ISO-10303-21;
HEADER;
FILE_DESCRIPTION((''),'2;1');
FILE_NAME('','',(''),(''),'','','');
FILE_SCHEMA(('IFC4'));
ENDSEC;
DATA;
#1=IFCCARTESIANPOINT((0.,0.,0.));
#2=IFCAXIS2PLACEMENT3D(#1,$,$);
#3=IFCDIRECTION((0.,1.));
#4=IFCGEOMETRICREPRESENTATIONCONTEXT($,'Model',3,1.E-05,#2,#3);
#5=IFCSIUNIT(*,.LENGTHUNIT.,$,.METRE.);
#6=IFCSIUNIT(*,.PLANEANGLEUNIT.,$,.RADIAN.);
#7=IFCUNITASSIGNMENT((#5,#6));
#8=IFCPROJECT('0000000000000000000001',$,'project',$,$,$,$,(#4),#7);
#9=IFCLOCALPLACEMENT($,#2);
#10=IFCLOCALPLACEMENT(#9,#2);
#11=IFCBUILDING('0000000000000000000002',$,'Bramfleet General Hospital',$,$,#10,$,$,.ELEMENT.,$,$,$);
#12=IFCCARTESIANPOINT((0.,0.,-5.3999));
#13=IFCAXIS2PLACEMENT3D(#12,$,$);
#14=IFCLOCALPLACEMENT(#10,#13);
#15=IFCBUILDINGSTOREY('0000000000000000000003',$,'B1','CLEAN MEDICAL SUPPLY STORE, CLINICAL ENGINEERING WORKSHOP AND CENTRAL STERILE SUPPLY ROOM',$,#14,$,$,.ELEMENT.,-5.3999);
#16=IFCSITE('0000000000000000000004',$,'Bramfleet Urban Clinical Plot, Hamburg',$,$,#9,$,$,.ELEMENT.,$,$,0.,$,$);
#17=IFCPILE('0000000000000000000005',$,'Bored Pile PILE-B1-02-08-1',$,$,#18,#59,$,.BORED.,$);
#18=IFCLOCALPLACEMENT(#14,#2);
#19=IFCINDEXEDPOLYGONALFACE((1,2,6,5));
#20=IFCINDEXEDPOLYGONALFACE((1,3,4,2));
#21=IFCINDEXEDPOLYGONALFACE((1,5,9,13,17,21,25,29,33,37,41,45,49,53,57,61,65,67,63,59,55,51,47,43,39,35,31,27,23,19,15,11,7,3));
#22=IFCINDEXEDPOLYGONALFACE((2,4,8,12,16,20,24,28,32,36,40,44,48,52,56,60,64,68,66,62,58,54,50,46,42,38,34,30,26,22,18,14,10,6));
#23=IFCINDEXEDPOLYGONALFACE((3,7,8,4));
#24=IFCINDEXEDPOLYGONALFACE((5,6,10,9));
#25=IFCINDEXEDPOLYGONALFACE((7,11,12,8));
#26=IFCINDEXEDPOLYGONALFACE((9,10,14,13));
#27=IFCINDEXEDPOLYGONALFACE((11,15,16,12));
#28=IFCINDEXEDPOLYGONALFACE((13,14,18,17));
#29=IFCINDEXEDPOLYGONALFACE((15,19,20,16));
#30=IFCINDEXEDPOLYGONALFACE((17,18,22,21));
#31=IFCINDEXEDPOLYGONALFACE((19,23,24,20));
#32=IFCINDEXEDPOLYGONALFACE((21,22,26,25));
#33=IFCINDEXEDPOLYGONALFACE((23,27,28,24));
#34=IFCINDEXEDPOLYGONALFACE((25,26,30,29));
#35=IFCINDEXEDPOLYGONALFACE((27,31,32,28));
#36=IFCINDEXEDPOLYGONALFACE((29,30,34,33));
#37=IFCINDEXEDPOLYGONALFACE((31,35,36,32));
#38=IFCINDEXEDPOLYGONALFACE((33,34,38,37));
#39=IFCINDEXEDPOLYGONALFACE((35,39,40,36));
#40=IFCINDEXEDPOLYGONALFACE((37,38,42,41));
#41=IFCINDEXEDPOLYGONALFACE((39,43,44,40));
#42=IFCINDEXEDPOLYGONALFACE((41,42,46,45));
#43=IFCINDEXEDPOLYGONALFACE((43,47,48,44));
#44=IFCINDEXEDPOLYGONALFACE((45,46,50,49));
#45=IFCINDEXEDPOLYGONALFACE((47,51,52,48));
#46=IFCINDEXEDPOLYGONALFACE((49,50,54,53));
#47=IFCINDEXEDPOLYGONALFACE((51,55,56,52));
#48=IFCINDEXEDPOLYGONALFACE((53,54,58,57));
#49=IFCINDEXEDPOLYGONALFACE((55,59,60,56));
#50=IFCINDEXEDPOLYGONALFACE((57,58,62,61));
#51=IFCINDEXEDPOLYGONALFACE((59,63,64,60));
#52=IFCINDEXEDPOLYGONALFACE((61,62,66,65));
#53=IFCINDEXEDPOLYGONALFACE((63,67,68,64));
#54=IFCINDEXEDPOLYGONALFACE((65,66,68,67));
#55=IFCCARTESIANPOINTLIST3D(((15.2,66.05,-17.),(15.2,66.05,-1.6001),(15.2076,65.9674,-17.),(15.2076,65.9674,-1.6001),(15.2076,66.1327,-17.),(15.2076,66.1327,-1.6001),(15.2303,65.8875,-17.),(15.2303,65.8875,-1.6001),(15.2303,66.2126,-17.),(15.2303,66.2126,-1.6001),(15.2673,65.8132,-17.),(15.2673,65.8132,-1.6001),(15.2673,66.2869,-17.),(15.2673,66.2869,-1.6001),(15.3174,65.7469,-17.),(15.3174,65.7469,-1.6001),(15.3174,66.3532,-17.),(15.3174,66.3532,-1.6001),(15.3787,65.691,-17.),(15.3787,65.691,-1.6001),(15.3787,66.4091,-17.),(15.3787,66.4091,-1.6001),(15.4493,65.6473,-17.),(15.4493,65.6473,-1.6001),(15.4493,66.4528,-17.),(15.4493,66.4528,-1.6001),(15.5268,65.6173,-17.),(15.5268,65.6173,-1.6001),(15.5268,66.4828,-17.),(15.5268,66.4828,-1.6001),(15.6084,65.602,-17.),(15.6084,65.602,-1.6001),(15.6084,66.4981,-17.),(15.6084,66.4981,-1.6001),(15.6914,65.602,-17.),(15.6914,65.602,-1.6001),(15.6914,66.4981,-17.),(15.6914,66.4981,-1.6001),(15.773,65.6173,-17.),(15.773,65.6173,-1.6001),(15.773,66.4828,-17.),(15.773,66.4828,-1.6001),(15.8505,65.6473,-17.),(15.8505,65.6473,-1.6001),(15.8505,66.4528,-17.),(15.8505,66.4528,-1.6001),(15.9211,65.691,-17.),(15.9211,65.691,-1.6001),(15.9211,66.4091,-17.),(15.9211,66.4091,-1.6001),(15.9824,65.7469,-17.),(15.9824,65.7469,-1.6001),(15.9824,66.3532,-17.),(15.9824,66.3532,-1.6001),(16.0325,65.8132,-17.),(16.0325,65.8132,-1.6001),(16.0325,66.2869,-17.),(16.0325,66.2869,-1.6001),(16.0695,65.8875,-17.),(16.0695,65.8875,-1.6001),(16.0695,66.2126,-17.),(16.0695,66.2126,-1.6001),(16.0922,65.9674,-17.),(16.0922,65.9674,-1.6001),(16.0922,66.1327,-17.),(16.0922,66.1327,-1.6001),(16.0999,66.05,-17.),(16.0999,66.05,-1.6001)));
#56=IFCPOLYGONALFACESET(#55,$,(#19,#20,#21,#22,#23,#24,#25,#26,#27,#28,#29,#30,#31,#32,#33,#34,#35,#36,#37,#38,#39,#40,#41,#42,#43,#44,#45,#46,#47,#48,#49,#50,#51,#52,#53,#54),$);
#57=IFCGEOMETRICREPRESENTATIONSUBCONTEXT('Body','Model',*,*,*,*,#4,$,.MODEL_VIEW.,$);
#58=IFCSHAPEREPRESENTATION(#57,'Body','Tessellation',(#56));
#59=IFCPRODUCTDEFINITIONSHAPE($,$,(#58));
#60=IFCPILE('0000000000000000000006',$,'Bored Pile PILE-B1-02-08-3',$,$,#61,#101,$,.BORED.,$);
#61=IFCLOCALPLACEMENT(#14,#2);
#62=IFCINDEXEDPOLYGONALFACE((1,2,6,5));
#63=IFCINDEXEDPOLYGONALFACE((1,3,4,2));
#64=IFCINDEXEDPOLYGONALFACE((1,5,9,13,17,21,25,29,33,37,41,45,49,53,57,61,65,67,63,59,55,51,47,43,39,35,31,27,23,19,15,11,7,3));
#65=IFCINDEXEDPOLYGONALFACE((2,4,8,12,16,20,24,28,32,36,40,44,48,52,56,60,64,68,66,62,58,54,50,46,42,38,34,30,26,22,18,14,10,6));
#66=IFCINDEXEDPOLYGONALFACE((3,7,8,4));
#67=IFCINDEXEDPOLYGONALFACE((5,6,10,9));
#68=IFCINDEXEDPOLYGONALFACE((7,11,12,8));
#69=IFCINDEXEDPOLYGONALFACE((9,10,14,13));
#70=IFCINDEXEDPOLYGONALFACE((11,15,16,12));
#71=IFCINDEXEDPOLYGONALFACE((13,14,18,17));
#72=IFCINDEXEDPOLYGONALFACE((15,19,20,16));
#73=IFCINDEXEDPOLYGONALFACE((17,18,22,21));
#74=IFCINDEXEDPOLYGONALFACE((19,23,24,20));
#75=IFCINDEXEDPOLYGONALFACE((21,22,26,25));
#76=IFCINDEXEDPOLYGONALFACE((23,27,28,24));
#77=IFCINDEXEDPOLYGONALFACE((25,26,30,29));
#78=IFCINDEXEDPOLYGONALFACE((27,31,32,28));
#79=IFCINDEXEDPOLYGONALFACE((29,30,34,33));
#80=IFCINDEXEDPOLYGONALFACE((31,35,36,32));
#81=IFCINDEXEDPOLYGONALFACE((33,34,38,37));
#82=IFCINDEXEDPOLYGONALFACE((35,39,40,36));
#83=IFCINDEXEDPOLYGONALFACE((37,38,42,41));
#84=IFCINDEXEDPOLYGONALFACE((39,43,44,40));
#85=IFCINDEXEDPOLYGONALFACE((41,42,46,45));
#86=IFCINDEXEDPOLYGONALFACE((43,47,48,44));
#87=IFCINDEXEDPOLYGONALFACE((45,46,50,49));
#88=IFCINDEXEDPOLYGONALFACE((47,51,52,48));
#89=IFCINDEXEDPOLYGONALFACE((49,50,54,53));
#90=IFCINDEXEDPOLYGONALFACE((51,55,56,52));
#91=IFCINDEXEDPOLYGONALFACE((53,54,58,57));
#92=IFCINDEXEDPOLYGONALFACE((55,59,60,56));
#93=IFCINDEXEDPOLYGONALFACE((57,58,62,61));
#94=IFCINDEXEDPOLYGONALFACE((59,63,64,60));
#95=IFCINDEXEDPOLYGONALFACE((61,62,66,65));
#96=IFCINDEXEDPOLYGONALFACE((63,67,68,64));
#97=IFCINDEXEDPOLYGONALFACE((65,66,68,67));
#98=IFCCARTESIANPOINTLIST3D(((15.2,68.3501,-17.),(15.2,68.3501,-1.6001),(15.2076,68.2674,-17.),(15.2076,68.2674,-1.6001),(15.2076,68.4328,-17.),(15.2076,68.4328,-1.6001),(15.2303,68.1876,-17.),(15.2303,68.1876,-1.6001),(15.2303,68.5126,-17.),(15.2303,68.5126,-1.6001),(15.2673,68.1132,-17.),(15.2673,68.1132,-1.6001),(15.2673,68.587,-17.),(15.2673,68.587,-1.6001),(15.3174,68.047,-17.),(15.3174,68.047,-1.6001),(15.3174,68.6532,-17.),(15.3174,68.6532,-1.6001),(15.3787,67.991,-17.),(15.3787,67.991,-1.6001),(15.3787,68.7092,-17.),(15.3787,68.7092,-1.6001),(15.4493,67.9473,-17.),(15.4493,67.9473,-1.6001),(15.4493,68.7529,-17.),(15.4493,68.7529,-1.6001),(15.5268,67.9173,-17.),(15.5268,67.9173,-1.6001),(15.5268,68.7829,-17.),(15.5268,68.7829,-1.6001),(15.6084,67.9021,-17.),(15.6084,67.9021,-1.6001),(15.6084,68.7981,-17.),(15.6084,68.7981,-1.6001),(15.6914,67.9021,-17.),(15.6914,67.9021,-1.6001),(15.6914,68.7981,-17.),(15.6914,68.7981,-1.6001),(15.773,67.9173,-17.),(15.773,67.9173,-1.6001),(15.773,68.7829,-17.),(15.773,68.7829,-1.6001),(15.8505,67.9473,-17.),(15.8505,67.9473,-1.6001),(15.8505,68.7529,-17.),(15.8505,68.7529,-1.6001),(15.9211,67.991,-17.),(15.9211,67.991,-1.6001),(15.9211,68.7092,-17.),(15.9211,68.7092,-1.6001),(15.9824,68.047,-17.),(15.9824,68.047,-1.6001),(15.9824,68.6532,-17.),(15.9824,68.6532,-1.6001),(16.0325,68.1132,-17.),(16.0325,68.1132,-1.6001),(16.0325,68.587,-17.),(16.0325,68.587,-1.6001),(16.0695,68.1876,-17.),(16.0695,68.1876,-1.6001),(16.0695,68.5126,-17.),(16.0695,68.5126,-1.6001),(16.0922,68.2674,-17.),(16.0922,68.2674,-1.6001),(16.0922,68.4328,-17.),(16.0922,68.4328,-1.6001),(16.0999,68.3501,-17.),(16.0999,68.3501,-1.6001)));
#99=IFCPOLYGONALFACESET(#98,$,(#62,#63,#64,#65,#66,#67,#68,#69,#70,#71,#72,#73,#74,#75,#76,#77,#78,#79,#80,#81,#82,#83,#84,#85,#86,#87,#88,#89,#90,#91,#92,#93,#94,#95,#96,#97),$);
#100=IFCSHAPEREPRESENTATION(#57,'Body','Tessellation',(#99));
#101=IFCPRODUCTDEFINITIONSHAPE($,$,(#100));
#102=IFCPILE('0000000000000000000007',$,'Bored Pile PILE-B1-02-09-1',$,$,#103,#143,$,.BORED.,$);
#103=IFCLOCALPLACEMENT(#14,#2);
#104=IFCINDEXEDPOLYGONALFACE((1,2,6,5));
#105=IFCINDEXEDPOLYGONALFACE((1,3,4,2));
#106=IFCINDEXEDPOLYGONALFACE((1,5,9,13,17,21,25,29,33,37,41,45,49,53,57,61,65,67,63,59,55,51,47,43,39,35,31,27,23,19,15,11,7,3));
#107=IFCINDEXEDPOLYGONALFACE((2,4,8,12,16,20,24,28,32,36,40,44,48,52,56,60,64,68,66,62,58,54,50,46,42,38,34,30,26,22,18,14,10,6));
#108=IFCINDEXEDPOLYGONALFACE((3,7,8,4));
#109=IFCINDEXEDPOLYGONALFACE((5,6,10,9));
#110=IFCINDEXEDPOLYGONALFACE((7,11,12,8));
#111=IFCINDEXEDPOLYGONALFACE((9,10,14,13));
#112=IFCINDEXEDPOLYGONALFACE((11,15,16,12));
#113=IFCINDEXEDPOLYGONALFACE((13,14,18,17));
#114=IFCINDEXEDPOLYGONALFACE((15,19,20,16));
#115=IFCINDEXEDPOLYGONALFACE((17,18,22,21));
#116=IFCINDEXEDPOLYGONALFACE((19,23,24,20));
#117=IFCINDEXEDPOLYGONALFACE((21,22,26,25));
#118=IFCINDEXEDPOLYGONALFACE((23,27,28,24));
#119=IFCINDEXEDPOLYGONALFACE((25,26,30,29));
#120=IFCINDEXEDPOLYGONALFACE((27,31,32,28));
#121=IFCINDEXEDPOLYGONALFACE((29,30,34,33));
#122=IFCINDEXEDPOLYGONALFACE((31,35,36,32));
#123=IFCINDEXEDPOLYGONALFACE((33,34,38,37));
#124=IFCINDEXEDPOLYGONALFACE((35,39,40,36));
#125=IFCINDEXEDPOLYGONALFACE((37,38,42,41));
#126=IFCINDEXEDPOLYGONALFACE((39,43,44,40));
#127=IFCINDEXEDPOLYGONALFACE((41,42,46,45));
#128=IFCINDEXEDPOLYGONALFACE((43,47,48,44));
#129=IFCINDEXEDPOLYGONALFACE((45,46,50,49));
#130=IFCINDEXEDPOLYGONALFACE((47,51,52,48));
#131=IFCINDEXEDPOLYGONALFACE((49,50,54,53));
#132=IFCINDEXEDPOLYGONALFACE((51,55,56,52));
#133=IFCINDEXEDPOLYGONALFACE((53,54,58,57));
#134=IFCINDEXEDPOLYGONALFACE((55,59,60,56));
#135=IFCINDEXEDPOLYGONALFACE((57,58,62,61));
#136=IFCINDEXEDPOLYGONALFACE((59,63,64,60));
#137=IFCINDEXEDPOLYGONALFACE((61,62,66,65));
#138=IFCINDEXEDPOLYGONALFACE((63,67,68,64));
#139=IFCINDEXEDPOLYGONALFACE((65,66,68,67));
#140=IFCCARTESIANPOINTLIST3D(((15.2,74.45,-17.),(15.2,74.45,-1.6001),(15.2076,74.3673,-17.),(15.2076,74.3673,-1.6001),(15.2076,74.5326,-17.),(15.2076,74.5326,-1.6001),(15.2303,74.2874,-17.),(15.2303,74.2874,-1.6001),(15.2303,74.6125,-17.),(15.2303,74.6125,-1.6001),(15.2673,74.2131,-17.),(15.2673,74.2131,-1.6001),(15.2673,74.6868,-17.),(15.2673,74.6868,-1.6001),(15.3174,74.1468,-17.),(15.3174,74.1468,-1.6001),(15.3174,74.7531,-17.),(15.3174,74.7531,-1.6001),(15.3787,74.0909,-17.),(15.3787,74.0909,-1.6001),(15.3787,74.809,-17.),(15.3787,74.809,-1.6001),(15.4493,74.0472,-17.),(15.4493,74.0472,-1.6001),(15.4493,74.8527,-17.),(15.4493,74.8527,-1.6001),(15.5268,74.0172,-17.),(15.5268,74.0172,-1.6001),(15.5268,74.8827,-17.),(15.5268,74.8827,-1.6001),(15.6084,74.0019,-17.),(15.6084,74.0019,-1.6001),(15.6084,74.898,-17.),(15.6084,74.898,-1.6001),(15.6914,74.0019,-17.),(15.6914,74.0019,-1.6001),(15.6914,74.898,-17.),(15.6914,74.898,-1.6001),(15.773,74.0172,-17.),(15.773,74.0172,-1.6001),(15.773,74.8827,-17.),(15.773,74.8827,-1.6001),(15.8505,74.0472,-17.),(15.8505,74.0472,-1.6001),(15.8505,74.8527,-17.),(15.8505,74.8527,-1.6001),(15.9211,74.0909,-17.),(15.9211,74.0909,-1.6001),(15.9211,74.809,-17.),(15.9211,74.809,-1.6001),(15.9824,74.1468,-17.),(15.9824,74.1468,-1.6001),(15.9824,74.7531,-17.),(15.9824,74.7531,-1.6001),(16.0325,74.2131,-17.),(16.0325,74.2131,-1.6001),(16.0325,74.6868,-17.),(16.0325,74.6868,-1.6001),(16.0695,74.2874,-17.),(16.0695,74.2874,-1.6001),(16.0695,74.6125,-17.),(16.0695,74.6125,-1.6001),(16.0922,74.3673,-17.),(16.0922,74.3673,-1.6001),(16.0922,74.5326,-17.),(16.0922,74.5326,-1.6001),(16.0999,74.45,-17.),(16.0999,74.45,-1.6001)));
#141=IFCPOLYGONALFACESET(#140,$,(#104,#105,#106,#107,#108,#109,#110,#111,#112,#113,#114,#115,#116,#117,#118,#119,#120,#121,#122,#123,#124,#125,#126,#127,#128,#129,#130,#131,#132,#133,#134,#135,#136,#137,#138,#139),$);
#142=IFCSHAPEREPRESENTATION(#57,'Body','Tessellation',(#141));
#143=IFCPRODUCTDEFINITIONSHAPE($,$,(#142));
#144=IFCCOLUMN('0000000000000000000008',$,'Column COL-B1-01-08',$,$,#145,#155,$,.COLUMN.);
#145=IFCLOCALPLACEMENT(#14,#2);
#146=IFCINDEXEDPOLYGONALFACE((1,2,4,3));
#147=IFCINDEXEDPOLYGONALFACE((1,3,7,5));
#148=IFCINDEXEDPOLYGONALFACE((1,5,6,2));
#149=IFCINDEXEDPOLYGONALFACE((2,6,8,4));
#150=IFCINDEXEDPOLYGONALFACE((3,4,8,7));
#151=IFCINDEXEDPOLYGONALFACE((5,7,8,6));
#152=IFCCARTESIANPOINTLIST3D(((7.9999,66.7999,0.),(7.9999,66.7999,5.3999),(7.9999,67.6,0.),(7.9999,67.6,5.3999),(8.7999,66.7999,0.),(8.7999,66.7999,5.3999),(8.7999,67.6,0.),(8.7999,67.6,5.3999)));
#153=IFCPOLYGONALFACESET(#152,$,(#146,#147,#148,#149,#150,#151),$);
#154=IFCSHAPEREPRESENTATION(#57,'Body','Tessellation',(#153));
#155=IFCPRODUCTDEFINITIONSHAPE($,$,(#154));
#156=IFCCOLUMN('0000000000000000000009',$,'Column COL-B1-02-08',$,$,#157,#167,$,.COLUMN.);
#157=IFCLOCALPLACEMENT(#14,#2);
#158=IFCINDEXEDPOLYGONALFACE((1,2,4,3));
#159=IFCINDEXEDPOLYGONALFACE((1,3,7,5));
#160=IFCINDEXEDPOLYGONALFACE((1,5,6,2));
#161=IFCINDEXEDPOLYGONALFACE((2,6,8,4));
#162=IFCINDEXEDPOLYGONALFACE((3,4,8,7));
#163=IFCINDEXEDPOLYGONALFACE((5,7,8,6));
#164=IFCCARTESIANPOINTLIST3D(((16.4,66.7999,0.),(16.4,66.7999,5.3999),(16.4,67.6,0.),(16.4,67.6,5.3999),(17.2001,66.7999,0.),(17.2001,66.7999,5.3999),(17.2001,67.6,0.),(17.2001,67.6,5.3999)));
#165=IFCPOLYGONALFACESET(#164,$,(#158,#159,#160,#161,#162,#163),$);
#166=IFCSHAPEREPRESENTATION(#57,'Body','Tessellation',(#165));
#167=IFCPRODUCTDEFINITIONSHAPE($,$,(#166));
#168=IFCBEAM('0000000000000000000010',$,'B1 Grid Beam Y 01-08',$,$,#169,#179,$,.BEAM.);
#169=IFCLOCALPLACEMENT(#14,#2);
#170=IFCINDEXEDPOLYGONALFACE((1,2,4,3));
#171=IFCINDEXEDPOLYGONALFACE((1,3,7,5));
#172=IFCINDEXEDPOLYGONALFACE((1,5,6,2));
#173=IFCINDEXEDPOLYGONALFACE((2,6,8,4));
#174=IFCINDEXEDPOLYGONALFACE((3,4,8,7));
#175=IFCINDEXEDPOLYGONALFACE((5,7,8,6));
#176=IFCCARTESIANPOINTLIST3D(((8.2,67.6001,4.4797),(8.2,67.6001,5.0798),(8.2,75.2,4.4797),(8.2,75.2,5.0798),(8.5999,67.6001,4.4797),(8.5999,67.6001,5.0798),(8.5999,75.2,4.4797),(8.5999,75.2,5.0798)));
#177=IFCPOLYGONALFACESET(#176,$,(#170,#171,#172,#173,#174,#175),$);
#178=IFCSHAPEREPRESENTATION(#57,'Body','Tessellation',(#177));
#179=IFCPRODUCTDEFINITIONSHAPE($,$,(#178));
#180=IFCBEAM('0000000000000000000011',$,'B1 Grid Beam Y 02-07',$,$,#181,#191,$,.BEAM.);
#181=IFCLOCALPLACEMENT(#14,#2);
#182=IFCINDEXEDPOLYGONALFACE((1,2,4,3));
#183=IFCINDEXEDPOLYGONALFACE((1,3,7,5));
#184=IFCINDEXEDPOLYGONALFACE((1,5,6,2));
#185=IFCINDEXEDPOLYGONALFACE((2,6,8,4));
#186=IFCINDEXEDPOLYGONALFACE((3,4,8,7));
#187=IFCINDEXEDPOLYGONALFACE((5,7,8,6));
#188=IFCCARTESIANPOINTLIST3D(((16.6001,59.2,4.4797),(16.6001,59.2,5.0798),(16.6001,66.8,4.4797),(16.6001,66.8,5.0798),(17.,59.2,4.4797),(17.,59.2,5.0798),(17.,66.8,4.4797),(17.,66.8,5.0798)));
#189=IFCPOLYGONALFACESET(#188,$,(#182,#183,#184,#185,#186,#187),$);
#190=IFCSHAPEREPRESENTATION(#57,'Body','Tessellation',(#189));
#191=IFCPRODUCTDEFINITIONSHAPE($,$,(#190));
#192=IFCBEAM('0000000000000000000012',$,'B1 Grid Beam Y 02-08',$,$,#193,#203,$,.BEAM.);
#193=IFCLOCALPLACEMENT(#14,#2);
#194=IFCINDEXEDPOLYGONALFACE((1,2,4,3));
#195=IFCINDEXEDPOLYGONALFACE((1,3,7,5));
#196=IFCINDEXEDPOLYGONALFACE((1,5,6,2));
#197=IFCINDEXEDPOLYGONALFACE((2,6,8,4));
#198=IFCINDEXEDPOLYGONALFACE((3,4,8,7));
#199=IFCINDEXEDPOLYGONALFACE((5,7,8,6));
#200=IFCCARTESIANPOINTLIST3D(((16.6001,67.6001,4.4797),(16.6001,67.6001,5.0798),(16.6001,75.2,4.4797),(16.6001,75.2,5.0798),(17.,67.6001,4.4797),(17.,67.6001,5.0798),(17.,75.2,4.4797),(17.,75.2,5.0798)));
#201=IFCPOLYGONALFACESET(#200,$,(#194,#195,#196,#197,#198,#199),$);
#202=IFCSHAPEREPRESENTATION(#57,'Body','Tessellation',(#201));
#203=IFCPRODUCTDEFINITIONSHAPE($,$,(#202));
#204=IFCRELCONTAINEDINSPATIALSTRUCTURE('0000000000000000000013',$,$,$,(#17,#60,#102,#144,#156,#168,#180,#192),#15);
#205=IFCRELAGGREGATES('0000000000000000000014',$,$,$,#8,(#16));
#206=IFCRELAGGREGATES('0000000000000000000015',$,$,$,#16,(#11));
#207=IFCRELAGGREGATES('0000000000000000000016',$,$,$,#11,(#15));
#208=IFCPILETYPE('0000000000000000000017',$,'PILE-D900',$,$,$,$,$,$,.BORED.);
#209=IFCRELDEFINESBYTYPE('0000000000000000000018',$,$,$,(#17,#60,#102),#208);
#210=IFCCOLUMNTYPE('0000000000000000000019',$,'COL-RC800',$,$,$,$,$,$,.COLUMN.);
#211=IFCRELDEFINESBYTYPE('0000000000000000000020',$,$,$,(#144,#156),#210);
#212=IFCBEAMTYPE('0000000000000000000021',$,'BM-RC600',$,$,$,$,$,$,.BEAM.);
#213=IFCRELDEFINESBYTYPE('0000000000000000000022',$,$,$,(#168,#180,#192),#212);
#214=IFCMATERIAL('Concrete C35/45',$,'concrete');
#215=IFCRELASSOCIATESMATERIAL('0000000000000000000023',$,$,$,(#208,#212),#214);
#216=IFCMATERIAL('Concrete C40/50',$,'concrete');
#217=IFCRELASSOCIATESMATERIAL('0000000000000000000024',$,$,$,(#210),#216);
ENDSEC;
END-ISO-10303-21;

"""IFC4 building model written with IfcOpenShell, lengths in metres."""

from ifc_helpers import new_model, si_unit, direction, frame, origin, origin_2d, place, context, subcontext, project, spatial, rectangle, circle, extrude, material, material_profile, profile_set, type_object, element, save


model = new_model("IFC4")

# Units and contexts
model_context = context("Model", 3, precision=1e-05, world=origin(), true_north=direction((0.0, 1.0)))
body_context = subcontext(model_context, "Body", "Model", "MODEL_VIEW")
ifc_project = project(units=[si_unit("LENGTHUNIT", "METRE"), si_unit("PLANEANGLEUNIT", "RADIAN")], contexts=[model_context])

# Site, building, storey
site_placement = place(None, origin())
site = spatial("IfcSite", under=ifc_project, at=site_placement, Name="Bramfleet Urban Clinical Plot, Hamburg", CompositionType="ELEMENT", RefElevation=0.0)
building_placement = place(site_placement, origin())
building = spatial("IfcBuilding", under=site, at=building_placement, Name="Bramfleet General Hospital", CompositionType="ELEMENT")
storey_placement = place(building_placement, frame((0.0, 0.0, -5.3999)))
storey = spatial("IfcBuildingStorey", under=building, at=storey_placement, Name="B1", Description="CLEAN MEDICAL SUPPLY STORE, CLINICAL ENGINEERING WORKSHOP AND CENTRAL STERILE SUPPLY ROOM", CompositionType="ELEMENT", Elevation=-5.3999)

# Shared definitions
ifc_material_1 = material(Name="Concrete C35/45", Category="concrete")

# Piles
ifc_material_profile_1 = material_profile(ifc_material_1, circle(Radius=0.45, at=origin_2d()), Name="PILE BORED D900")
ifc_profile_set_1 = profile_set([ifc_material_profile_1], Name="Concrete C35/45")
pile_type = type_object("IfcPileType", Name="PILE-D900", PredefinedType="BORED", material=ifc_profile_set_1)
for number, where, z_axis, x_axis, name in (
    (1, (15.6499, 66.05, -1.6001), (0.0, 0.0, -1.0), (1.0, 0.0, 0.0), "Bored Pile PILE-B1-02-08-1"),
    (2, (15.6499, 68.3501, -1.6001), (0.0, 0.0, -1.0), (1.0, 0.0, 0.0), "Bored Pile PILE-B1-02-08-3"),
    (3, (15.6499, 74.45, -1.6001), (0.0, 0.0, -1.0), (1.0, 0.0, 0.0), "Bored Pile PILE-B1-02-09-1"),
):
    element("IfcPile", number, at=place(storey_placement, frame(where, z_axis=z_axis, x_axis=x_axis)), inside=storey, type_object=pile_type, Name=name, PredefinedType="BORED", context=body_context, shape_type="SweptSolid", body=[
        extrude(circle(Radius=0.45, at=origin_2d()), origin(), (0.0, 0.0, 1.0), 15.3999),
    ])

# Columns
ifc_material_2 = material(Name="Concrete C40/50", Category="concrete")
ifc_material_profile_2 = material_profile(ifc_material_2, rectangle(XDim=0.8, YDim=0.8, at=origin_2d()), Name="RC COL 800x800")
ifc_profile_set_2 = profile_set([ifc_material_profile_2], Name="Concrete C40/50")
column_type = type_object("IfcColumnType", Name="COL-RC800", PredefinedType="COLUMN", material=ifc_profile_set_2)
for number, where, z_axis, x_axis, name in (
    (4, (8.3999, 67.2, 0.0), (0.0, 0.0, 1.0), (1.0, 0.0, 0.0), "Column COL-B1-01-08"),
    (5, (16.8, 67.2, 0.0), (0.0, 0.0, 1.0), (1.0, 0.0, 0.0), "Column COL-B1-02-08"),
):
    element("IfcColumn", number, at=place(storey_placement, frame(where, z_axis=z_axis, x_axis=x_axis)), inside=storey, type_object=column_type, Name=name, PredefinedType="COLUMN", context=body_context, shape_type="SweptSolid", body=[
        extrude(rectangle(XDim=0.8, YDim=0.8, at=origin_2d()), origin(), (0.0, 0.0, 1.0), 5.3999),
    ])

# Beams
ifc_material_profile_3 = material_profile(ifc_material_1, rectangle(XDim=0.3999, YDim=0.6001, at=origin_2d()), Name="RC BM 600x400")
ifc_profile_set_3 = profile_set([ifc_material_profile_3], Name="Concrete C35/45")
beam_type_1 = type_object("IfcBeamType", Name="BM-RC600", PredefinedType="BEAM", material=ifc_profile_set_3)
beam_1_placement = place(storey_placement, frame((8.3999, 67.6001, 4.7798), z_axis=(0.0, 1.0, 0.0), x_axis=(-1.0, 0.0, 0.0)))
element("IfcBeam", 6, at=beam_1_placement, inside=storey, type_object=beam_type_1, Name="B1 Grid Beam Y 01-08", PredefinedType="BEAM", context=body_context, shape_type="SweptSolid", body=[
    extrude(rectangle(XDim=0.3999, YDim=0.6001, at=origin_2d()), origin(), (0.0, 0.0, 1.0), 7.5999),
])
beam_2_placement = place(storey_placement, frame((16.8, 59.2, 4.7798), z_axis=(0.0, 1.0, 0.0), x_axis=(-1.0, 0.0, 0.0)))
element("IfcBeam", 7, at=beam_2_placement, inside=storey, type_object=beam_type_1, Name="B1 Grid Beam Y 02-07", PredefinedType="BEAM", context=body_context, shape_type="SweptSolid", body=[
    extrude(rectangle(XDim=0.3999, YDim=0.6001, at=origin_2d()), origin(), (0.0, 0.0, 1.0), 7.6001),
])
beam_3_placement = place(storey_placement, frame((16.8, 67.6001, 4.7798), z_axis=(0.0, 1.0, 0.0), x_axis=(-1.0, 0.0, 0.0)))
element("IfcBeam", 8, at=beam_3_placement, inside=storey, type_object=beam_type_1, Name="B1 Grid Beam Y 02-08", PredefinedType="BEAM", context=body_context, shape_type="SweptSolid", body=[
    extrude(rectangle(XDim=0.3999, YDim=0.6001, at=origin_2d()), origin(), (0.0, 0.0, 1.0), 7.5999),
])

save(model, "model.ifc")
